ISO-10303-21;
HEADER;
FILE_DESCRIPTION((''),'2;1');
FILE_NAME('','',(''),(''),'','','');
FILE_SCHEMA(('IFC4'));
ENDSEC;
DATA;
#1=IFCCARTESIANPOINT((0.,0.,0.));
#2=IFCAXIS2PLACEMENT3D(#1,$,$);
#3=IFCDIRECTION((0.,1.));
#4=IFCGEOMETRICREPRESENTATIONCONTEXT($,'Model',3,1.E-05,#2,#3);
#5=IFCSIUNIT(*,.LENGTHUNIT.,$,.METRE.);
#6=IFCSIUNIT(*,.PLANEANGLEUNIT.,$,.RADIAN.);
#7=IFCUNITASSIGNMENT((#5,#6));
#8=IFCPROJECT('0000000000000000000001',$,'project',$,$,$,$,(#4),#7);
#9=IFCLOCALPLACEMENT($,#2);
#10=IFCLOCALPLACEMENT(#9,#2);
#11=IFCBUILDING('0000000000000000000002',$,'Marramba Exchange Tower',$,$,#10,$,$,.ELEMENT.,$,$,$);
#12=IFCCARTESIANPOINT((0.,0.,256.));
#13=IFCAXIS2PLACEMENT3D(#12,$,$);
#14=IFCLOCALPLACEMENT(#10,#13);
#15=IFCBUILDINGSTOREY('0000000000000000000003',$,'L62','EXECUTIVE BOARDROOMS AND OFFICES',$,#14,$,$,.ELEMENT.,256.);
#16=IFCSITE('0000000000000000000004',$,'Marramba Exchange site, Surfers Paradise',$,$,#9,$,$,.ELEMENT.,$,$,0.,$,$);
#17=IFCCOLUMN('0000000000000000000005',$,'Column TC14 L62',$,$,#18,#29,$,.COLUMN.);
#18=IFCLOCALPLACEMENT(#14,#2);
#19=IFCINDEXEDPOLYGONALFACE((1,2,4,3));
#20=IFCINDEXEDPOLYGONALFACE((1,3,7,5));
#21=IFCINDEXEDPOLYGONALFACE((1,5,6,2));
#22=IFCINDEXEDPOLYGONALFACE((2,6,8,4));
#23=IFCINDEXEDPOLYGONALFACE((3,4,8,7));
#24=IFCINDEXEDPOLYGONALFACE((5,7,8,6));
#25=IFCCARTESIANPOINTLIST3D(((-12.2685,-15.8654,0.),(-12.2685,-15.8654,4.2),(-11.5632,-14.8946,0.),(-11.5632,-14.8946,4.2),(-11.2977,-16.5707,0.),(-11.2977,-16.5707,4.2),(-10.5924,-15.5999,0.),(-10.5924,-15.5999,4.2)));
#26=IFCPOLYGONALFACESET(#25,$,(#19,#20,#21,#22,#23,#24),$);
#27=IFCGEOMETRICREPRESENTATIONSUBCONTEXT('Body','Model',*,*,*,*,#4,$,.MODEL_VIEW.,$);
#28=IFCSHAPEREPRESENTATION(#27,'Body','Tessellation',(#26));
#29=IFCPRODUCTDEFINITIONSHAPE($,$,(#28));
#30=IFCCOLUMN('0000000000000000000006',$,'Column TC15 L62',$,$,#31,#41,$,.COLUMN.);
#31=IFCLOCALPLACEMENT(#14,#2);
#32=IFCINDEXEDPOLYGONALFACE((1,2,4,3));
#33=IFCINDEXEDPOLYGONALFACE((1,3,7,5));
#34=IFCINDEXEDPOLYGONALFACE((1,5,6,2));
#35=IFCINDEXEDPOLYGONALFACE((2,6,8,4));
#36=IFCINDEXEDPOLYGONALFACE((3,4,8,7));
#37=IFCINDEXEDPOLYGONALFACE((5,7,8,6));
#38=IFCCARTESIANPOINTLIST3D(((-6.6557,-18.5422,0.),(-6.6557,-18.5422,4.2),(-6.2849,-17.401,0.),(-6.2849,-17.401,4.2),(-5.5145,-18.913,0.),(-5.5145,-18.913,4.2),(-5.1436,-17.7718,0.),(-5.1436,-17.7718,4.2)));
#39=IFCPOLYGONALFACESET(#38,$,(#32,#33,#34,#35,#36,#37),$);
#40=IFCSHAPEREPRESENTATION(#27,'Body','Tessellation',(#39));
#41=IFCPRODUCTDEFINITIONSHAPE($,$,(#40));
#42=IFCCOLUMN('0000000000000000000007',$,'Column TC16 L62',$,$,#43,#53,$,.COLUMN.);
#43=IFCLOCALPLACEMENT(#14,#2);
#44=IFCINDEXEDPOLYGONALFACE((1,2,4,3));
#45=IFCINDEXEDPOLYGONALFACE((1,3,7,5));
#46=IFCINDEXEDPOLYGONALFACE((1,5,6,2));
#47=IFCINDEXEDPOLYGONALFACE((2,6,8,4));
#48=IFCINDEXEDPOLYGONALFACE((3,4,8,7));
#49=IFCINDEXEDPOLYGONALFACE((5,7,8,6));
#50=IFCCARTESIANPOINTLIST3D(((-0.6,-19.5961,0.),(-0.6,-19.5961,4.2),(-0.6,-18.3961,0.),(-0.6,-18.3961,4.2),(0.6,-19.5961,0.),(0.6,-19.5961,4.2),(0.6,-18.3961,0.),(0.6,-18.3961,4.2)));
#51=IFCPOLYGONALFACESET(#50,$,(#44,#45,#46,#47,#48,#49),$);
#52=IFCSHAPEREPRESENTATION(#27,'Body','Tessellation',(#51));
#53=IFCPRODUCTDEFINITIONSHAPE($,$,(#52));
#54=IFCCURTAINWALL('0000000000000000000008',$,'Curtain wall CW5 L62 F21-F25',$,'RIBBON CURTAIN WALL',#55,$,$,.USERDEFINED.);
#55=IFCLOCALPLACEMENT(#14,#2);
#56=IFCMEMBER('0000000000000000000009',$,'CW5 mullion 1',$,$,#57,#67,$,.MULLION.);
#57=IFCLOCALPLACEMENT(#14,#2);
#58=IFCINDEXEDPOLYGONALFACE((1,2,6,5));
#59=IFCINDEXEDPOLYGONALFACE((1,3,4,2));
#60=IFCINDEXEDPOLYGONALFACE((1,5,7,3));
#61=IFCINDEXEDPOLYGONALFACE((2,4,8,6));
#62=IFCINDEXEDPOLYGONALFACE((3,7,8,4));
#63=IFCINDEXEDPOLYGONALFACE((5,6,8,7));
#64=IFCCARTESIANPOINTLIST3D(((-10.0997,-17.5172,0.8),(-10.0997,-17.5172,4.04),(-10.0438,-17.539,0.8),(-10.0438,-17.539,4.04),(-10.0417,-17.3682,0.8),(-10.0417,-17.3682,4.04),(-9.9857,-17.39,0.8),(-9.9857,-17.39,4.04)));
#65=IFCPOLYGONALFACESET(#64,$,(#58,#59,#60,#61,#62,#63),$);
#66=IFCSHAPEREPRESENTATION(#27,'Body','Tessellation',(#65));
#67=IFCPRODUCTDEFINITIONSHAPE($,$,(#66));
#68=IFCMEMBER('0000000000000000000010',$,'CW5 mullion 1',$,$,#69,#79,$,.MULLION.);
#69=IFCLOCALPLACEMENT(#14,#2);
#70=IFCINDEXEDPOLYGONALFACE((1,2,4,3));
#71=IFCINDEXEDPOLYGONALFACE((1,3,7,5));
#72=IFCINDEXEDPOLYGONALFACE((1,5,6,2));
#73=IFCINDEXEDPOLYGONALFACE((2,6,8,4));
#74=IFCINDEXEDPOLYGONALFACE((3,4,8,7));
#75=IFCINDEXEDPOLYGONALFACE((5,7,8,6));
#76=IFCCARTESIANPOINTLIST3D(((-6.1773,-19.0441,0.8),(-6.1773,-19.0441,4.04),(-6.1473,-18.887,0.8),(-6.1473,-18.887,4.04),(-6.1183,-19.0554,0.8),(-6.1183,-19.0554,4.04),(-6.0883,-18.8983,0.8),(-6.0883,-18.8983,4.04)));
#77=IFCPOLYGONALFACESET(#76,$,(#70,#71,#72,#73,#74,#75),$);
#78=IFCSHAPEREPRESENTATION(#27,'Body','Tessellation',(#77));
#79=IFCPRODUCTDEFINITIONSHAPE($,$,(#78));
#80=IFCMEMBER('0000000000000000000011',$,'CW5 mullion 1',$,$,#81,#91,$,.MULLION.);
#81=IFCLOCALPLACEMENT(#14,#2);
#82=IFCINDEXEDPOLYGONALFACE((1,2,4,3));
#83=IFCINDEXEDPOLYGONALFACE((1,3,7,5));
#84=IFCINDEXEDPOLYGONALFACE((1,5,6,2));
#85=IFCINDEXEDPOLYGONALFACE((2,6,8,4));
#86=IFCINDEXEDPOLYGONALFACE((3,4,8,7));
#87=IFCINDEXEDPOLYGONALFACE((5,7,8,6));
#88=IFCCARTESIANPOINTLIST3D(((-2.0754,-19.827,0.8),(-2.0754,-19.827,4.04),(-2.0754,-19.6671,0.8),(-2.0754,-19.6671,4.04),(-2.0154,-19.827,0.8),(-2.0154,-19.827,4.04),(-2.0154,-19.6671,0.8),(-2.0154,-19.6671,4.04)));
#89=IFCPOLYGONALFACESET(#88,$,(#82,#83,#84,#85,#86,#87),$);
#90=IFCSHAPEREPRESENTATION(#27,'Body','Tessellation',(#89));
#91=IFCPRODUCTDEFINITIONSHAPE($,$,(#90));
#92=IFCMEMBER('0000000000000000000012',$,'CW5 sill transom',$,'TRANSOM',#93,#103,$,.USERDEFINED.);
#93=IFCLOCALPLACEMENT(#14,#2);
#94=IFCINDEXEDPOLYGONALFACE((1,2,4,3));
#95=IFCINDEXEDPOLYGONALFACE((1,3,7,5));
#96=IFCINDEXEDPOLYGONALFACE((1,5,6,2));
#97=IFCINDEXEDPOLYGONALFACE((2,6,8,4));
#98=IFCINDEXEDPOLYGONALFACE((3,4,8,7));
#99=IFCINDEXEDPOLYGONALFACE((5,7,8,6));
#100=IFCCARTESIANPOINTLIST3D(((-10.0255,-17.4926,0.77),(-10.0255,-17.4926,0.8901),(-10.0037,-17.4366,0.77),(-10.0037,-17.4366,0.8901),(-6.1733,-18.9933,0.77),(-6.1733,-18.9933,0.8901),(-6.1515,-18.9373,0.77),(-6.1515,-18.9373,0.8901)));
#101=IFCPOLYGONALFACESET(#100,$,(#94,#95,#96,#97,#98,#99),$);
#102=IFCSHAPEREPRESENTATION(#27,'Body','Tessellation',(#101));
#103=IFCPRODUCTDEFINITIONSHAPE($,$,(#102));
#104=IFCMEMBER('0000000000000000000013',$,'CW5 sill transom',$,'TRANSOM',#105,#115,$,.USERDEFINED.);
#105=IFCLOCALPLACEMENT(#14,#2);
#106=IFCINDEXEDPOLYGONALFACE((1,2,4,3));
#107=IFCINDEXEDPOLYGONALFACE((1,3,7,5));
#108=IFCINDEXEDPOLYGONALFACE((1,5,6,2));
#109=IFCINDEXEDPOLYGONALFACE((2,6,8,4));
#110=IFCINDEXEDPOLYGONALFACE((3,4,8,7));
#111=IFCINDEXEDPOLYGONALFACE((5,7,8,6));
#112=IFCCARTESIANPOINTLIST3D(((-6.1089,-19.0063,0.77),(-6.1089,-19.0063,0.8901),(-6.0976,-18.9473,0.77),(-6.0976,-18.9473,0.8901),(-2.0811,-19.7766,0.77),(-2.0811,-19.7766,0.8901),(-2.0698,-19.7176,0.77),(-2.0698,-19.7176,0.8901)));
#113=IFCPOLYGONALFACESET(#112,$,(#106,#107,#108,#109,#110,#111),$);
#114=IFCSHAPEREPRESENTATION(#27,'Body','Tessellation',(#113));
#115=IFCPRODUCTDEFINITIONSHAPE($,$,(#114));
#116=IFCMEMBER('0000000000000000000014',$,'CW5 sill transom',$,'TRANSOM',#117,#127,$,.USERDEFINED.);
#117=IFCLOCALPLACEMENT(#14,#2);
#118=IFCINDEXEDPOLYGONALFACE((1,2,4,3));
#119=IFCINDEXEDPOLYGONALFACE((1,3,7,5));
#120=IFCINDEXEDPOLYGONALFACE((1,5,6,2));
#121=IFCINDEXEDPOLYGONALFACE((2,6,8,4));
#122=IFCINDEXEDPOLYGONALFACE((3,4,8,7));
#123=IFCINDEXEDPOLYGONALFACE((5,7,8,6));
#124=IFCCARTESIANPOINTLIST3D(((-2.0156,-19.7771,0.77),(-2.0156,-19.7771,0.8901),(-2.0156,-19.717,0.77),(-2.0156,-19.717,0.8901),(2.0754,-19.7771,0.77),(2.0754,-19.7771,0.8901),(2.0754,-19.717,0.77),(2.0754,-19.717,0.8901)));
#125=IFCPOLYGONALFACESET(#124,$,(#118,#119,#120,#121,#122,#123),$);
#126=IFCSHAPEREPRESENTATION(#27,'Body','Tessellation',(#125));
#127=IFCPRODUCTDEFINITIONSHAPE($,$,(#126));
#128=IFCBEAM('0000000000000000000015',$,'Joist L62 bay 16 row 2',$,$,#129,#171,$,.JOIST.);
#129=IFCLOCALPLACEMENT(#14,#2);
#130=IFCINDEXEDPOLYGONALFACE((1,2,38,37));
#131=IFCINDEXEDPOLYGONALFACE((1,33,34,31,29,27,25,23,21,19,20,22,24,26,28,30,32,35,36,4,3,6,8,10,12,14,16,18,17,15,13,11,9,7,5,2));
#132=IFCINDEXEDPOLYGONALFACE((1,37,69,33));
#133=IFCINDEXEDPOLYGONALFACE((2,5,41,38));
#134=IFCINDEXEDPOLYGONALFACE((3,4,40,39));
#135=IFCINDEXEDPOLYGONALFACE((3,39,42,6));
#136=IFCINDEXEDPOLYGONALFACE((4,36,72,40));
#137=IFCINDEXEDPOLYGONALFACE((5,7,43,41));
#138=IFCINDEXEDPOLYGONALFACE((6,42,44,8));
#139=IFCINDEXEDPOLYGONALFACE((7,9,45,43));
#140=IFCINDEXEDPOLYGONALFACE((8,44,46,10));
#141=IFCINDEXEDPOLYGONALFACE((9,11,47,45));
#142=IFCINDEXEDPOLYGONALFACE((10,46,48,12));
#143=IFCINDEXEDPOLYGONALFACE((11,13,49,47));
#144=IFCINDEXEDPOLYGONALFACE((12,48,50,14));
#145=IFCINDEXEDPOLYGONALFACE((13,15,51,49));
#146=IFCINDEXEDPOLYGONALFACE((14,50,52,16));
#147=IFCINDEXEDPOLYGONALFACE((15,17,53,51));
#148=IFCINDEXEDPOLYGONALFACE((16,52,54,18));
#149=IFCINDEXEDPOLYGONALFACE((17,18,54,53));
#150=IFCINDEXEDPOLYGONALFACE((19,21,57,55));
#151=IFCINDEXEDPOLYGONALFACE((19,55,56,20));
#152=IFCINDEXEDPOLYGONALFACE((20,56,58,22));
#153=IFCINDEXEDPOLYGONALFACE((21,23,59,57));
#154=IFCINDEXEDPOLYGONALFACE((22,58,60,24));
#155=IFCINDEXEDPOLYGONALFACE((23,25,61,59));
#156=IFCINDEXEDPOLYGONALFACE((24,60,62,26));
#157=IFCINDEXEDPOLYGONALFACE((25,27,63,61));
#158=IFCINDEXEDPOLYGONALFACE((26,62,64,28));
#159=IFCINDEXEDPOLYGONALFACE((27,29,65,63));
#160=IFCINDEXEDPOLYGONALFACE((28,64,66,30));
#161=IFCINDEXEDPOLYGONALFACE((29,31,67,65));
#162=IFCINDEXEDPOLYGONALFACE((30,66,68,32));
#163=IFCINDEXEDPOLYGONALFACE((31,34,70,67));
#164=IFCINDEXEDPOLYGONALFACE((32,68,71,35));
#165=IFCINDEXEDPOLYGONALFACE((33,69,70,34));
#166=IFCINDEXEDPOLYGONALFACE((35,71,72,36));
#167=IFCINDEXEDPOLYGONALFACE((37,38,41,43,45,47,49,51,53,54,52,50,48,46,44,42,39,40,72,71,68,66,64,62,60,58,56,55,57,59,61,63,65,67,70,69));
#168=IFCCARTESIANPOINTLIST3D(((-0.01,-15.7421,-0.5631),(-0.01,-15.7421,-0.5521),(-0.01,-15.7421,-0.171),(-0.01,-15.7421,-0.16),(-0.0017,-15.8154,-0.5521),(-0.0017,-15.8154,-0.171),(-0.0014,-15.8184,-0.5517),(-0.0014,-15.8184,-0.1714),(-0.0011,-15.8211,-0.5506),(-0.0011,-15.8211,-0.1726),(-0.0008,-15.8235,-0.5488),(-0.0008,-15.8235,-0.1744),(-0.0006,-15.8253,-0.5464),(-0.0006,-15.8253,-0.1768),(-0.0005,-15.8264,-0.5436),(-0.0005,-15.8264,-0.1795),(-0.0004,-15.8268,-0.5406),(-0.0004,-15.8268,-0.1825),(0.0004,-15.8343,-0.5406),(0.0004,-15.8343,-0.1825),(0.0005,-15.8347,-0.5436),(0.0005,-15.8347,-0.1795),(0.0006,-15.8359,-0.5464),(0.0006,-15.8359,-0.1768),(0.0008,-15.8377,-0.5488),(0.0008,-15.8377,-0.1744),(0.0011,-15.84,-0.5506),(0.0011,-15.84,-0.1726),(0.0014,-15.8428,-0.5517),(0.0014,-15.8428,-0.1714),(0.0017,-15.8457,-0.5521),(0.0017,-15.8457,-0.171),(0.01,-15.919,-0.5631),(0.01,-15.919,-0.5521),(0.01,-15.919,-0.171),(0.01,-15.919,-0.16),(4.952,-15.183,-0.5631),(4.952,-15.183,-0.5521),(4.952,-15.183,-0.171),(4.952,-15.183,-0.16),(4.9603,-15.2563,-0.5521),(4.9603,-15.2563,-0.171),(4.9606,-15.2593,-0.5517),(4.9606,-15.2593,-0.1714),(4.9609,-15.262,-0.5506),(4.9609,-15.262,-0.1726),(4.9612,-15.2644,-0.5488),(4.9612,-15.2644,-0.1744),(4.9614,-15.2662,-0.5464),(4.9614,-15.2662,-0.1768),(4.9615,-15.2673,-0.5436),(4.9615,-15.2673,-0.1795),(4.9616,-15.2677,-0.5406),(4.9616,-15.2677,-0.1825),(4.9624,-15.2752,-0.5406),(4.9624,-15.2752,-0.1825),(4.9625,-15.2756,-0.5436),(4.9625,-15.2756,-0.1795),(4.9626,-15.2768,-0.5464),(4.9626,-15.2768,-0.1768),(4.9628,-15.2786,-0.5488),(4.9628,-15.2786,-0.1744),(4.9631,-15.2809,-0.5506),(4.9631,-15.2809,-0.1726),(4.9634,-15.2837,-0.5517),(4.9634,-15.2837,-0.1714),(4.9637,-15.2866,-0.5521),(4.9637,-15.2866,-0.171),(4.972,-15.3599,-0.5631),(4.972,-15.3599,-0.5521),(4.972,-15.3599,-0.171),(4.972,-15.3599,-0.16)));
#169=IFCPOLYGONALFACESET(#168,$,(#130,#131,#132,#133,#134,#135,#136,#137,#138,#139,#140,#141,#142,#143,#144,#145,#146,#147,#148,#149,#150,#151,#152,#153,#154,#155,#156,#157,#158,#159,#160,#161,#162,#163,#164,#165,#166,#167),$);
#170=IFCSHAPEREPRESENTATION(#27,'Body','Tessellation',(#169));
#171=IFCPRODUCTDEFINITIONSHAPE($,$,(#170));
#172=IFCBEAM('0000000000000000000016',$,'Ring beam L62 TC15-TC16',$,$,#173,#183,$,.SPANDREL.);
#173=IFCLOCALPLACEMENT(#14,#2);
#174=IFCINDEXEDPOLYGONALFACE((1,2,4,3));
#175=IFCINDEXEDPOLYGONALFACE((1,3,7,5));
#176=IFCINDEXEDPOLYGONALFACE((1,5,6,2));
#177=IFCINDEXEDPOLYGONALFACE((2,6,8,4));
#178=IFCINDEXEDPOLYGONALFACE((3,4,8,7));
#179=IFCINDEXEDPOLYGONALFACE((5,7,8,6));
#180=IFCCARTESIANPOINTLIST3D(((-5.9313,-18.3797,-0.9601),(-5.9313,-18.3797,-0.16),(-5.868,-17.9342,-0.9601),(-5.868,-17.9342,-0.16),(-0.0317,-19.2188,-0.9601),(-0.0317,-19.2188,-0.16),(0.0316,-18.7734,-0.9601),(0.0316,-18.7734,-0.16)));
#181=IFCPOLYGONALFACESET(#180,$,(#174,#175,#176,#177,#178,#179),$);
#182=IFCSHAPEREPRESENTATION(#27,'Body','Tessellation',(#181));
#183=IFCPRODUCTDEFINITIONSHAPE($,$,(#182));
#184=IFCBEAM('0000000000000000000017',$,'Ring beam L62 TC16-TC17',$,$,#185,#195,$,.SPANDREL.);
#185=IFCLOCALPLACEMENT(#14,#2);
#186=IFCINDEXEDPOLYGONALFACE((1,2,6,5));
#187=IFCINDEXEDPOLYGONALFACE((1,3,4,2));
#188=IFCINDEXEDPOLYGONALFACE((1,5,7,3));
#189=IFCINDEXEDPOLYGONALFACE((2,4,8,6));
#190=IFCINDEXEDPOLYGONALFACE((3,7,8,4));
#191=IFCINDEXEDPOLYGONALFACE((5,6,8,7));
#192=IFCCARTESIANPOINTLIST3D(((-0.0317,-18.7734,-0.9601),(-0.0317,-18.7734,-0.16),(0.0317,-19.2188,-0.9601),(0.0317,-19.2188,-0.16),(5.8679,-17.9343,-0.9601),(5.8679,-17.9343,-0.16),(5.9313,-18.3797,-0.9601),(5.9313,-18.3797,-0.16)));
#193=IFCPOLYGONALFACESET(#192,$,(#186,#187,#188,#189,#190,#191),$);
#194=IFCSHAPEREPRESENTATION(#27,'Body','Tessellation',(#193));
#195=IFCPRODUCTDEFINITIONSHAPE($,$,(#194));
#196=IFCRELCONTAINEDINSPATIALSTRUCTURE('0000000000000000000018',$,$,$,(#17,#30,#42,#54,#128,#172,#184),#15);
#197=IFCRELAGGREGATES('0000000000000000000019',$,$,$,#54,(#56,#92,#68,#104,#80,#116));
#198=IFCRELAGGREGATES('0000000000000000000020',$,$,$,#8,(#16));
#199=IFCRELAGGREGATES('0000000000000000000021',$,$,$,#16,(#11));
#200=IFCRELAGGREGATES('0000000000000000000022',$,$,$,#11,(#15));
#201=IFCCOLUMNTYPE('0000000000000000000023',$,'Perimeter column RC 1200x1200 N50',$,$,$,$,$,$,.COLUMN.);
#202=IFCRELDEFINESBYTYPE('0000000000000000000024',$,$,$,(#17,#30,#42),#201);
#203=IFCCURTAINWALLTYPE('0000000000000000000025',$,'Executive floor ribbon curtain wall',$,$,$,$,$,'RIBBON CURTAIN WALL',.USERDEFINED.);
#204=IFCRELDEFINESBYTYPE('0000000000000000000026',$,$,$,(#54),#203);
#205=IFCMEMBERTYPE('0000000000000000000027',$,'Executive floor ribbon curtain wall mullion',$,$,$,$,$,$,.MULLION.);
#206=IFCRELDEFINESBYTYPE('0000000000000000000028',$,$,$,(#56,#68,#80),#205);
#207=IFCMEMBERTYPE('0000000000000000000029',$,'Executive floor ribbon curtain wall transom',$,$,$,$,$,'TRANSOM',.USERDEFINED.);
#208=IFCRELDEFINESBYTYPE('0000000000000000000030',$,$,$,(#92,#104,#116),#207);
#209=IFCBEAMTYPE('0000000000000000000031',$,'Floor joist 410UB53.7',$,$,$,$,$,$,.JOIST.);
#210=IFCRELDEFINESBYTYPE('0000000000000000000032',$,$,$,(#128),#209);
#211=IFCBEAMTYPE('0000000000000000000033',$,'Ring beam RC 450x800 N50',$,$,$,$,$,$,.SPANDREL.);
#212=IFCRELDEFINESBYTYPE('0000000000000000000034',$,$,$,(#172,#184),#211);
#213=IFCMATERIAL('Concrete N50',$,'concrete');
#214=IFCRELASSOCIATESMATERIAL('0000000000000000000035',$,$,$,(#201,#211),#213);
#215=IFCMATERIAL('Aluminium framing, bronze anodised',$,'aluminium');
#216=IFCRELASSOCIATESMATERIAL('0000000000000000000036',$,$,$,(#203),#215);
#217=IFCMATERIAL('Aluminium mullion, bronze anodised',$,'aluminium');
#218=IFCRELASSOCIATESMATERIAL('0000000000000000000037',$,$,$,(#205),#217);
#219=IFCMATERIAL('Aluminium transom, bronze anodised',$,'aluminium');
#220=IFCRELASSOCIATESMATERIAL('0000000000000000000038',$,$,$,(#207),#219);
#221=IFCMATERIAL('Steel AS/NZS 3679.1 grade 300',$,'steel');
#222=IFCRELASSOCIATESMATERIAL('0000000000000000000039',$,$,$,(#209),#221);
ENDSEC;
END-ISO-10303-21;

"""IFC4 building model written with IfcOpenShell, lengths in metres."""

from ifc_helpers import new_model, si_unit, direction, frame, origin, origin_2d, place, context, subcontext, project, spatial, rectangle, i_section, extrude, material, material_profile, profile_set, type_object, element, aggregate, save


model = new_model("IFC4")

# Units and contexts
model_context = context("Model", 3, precision=1e-05, world=origin(), true_north=direction((0.0, 1.0)))
body_context = subcontext(model_context, "Body", "Model", "MODEL_VIEW")
ifc_project = project(units=[si_unit("LENGTHUNIT", "METRE"), si_unit("PLANEANGLEUNIT", "RADIAN")], contexts=[model_context])

# Site, building, storey
site_placement = place(None, origin())
site = spatial("IfcSite", under=ifc_project, at=site_placement, Name="Marramba Exchange site, Surfers Paradise", CompositionType="ELEMENT", RefElevation=0.0)
building_placement = place(site_placement, origin())
building = spatial("IfcBuilding", under=site, at=building_placement, Name="Marramba Exchange Tower", CompositionType="ELEMENT")
storey_placement = place(building_placement, frame((0.0, 0.0, 256.0)))
storey = spatial("IfcBuildingStorey", under=building, at=storey_placement, Name="L62", Description="EXECUTIVE BOARDROOMS AND OFFICES", CompositionType="ELEMENT", Elevation=256.0)

# Columns
ifc_material_1 = material(Name="Concrete N50", Category="concrete")
ifc_material_profile_1 = material_profile(ifc_material_1, rectangle(XDim=1.2, YDim=1.2, at=origin_2d()), Name="RC 1200x1200")
ifc_profile_set_1 = profile_set([ifc_material_profile_1], Name="Concrete N50")
column_type = type_object("IfcColumnType", Name="Perimeter column RC 1200x1200 N50", PredefinedType="COLUMN", material=ifc_profile_set_1)
for number, where, z_axis, x_axis, name in (
    (1, (-11.4304, -15.7327, 0.0), (0.0, 0.0, 1.0), (-0.587785, -0.809017, 0.0), "Column TC14 L62"),
    (2, (-5.8997, -18.157, 0.0), (0.0, 0.0, 1.0), (-0.309017, -0.951057, 0.0), "Column TC15 L62"),
    (3, (0.0, -18.9961, 0.0), (0.0, 0.0, 1.0), (0.0, -1.0, 0.0), "Column TC16 L62"),
):
    element("IfcColumn", number, at=place(storey_placement, frame(where, z_axis=z_axis, x_axis=x_axis)), inside=storey, type_object=column_type, Name=name, PredefinedType="COLUMN", context=body_context, shape_type="SweptSolid", body=[
        extrude(rectangle(XDim=1.2, YDim=1.2, at=origin_2d()), origin(), (0.0, 0.0, 1.0), 4.2),
    ])

# Curtain wall, members
ifc_material_2 = material(Name="Aluminium framing, bronze anodised", Category="aluminium")
curtain_wall_type = type_object("IfcCurtainWallType", Name="Executive floor ribbon curtain wall", ElementType="RIBBON CURTAIN WALL", PredefinedType="USERDEFINED", material=ifc_material_2)
curtain_wall_1_placement = place(storey_placement, origin())
curtain_wall_1 = element("IfcCurtainWall", 4, at=curtain_wall_1_placement, inside=storey, type_object=curtain_wall_type, Name="Curtain wall CW5 L62 F21-F25", ObjectType="RIBBON CURTAIN WALL", PredefinedType="USERDEFINED")
ifc_material_3 = material(Name="Aluminium mullion, bronze anodised", Category="aluminium")
ifc_material_profile_2 = material_profile(ifc_material_3, rectangle(XDim=0.1599, YDim=0.0601, at=origin_2d()), Name="CW5 mullion 60x160")
ifc_profile_set_2 = profile_set([ifc_material_profile_2], Name="Aluminium mullion, bronze anodised")
member_type_1 = type_object("IfcMemberType", Name="Executive floor ribbon curtain wall mullion", PredefinedType="MULLION", material=ifc_profile_set_2)
member_1_placement = place(storey_placement, frame((-10.0427, -17.4536, 0.8), z_axis=(0.0, 0.0, 1.0), x_axis=(0.36301, 0.931785, 0.0)))
member_1 = element("IfcMember", 5, at=member_1_placement, type_object=member_type_1, Name="CW5 mullion 1", PredefinedType="MULLION", context=body_context, shape_type="SweptSolid", body=[
    extrude(rectangle(XDim=0.1599, YDim=0.0601, at=origin_2d()), origin(), (0.0, 0.0, 1.0), 3.24),
])
member_2_placement = place(storey_placement, frame((-6.1328, -18.9712, 0.8), z_axis=(0.0, 0.0, 1.0), x_axis=(0.187873, 0.982193, 0.0)))
member_2 = element("IfcMember", 6, at=member_2_placement, type_object=member_type_1, Name="CW5 mullion 1", PredefinedType="MULLION", context=body_context, shape_type="SweptSolid", body=[
    extrude(rectangle(XDim=0.1599, YDim=0.0601, at=origin_2d()), origin(), (0.0, 0.0, 1.0), 3.24),
])
member_3_placement = place(storey_placement, frame((-2.0454, -19.7471, 0.8), z_axis=(0.0, 0.0, 1.0), x_axis=(0.0, 1.0, 0.0)))
member_3 = element("IfcMember", 7, at=member_3_placement, type_object=member_type_1, Name="CW5 mullion 1", PredefinedType="MULLION", context=body_context, shape_type="SweptSolid", body=[
    extrude(rectangle(XDim=0.1599, YDim=0.0601, at=origin_2d()), origin(), (0.0, 0.0, 1.0), 3.24),
])
ifc_material_4 = material(Name="Aluminium transom, bronze anodised", Category="aluminium")
ifc_material_profile_3 = material_profile(ifc_material_4, rectangle(XDim=0.0601, YDim=0.1201, at=origin_2d()), Name="CW5 transom 60x120")
ifc_profile_set_3 = profile_set([ifc_material_profile_3], Name="Aluminium transom, bronze anodised")
member_type_2 = type_object("IfcMemberType", Name="Executive floor ribbon curtain wall transom", ElementType="TRANSOM", PredefinedType="USERDEFINED", material=ifc_profile_set_3)
member_4_placement = place(storey_placement, frame((-10.0146, -17.4646, 0.8301), z_axis=(0.931791, -0.362996, 0.0), x_axis=(0.362996, 0.931791, 0.0)))
member_4 = element("IfcMember", 8, at=member_4_placement, type_object=member_type_2, Name="CW5 sill transom", ObjectType="TRANSOM", PredefinedType="USERDEFINED", context=body_context, shape_type="SweptSolid", body=[
    extrude(rectangle(XDim=0.0601, YDim=0.1201, at=origin_2d()), origin(), (0.0, 0.0, 1.0), 4.1343),
])
member_5_placement = place(storey_placement, frame((-6.1033, -18.9768, 0.8301), z_axis=(0.982201, -0.187832, 0.0), x_axis=(0.187832, 0.982201, 0.0)))
member_5 = element("IfcMember", 9, at=member_5_placement, type_object=member_type_2, Name="CW5 sill transom", ObjectType="TRANSOM", PredefinedType="USERDEFINED", context=body_context, shape_type="SweptSolid", body=[
    extrude(rectangle(XDim=0.0601, YDim=0.1201, at=origin_2d()), origin(), (0.0, 0.0, 1.0), 4.1008),
])
member_6_placement = place(storey_placement, frame((-2.0156, -19.7471, 0.8301), z_axis=(1.0, 0.0, 0.0), x_axis=(0.0, 1.0, 0.0)))
member_6 = element("IfcMember", 10, at=member_6_placement, type_object=member_type_2, Name="CW5 sill transom", ObjectType="TRANSOM", PredefinedType="USERDEFINED", context=body_context, shape_type="SweptSolid", body=[
    extrude(rectangle(XDim=0.0601, YDim=0.1201, at=origin_2d()), origin(), (0.0, 0.0, 1.0), 4.0911),
])

# Beams
ifc_material_5 = material(Name="Steel AS/NZS 3679.1 grade 300", Category="steel")
ifc_material_profile_4 = material_profile(ifc_material_5, i_section(OverallWidth=0.178, OverallDepth=0.4031, WebThickness=0.0076, FlangeThickness=0.011, FilletRadius=0.0115, at=origin_2d()), Name="410UB53.7")
ifc_profile_set_4 = profile_set([ifc_material_profile_4], Name="Steel AS/NZS 3679.1 grade 300")
beam_type_1 = type_object("IfcBeamType", Name="Floor joist 410UB53.7", PredefinedType="JOIST", material=ifc_profile_set_4)
beam_placement = place(storey_placement, frame((0.0, -15.8306, -0.3616), z_axis=(0.993712, 0.111966, 0.0), x_axis=(-0.111966, 0.993712, 0.0)))
element("IfcBeam", 11, at=beam_placement, inside=storey, type_object=beam_type_1, Name="Joist L62 bay 16 row 2", PredefinedType="JOIST", context=body_context, shape_type="SweptSolid", body=[
    extrude(i_section(OverallWidth=0.178, OverallDepth=0.4031, WebThickness=0.0076, FlangeThickness=0.011, FilletRadius=0.0115, at=origin_2d()), origin(), (0.0, 0.0, 1.0), 4.9934),
])
ifc_material_profile_5 = material_profile(ifc_material_1, rectangle(XDim=0.45, YDim=0.8, at=origin_2d()), Name="RC 450x800")
ifc_profile_set_5 = profile_set([ifc_material_profile_5], Name="Concrete N50")
beam_type_2 = type_object("IfcBeamType", Name="Ring beam RC 450x800 N50", PredefinedType="SPANDREL", material=ifc_profile_set_5)
for number, where, z_axis, x_axis, name in (
    (12, (-5.8997, -18.157, -0.5601), (0.990036, -0.140813, 0.0), (0.140813, 0.990036, 0.0), "Ring beam L62 TC15-TC16"),
    (13, (0.0, -18.9961, -0.5601), (0.990036, 0.140813, 0.0), (-0.140813, 0.990036, 0.0), "Ring beam L62 TC16-TC17"),
):
    element("IfcBeam", number, at=place(storey_placement, frame(where, z_axis=z_axis, x_axis=x_axis)), inside=storey, type_object=beam_type_2, Name=name, PredefinedType="SPANDREL", context=body_context, shape_type="SweptSolid", body=[
        extrude(rectangle(XDim=0.45, YDim=0.8, at=origin_2d()), origin(), (0.0, 0.0, 1.0), 5.959),
    ])

aggregate(curtain_wall_1, [member_1, member_4, member_2, member_5, member_3, member_6])

save(model, "model.ifc")
